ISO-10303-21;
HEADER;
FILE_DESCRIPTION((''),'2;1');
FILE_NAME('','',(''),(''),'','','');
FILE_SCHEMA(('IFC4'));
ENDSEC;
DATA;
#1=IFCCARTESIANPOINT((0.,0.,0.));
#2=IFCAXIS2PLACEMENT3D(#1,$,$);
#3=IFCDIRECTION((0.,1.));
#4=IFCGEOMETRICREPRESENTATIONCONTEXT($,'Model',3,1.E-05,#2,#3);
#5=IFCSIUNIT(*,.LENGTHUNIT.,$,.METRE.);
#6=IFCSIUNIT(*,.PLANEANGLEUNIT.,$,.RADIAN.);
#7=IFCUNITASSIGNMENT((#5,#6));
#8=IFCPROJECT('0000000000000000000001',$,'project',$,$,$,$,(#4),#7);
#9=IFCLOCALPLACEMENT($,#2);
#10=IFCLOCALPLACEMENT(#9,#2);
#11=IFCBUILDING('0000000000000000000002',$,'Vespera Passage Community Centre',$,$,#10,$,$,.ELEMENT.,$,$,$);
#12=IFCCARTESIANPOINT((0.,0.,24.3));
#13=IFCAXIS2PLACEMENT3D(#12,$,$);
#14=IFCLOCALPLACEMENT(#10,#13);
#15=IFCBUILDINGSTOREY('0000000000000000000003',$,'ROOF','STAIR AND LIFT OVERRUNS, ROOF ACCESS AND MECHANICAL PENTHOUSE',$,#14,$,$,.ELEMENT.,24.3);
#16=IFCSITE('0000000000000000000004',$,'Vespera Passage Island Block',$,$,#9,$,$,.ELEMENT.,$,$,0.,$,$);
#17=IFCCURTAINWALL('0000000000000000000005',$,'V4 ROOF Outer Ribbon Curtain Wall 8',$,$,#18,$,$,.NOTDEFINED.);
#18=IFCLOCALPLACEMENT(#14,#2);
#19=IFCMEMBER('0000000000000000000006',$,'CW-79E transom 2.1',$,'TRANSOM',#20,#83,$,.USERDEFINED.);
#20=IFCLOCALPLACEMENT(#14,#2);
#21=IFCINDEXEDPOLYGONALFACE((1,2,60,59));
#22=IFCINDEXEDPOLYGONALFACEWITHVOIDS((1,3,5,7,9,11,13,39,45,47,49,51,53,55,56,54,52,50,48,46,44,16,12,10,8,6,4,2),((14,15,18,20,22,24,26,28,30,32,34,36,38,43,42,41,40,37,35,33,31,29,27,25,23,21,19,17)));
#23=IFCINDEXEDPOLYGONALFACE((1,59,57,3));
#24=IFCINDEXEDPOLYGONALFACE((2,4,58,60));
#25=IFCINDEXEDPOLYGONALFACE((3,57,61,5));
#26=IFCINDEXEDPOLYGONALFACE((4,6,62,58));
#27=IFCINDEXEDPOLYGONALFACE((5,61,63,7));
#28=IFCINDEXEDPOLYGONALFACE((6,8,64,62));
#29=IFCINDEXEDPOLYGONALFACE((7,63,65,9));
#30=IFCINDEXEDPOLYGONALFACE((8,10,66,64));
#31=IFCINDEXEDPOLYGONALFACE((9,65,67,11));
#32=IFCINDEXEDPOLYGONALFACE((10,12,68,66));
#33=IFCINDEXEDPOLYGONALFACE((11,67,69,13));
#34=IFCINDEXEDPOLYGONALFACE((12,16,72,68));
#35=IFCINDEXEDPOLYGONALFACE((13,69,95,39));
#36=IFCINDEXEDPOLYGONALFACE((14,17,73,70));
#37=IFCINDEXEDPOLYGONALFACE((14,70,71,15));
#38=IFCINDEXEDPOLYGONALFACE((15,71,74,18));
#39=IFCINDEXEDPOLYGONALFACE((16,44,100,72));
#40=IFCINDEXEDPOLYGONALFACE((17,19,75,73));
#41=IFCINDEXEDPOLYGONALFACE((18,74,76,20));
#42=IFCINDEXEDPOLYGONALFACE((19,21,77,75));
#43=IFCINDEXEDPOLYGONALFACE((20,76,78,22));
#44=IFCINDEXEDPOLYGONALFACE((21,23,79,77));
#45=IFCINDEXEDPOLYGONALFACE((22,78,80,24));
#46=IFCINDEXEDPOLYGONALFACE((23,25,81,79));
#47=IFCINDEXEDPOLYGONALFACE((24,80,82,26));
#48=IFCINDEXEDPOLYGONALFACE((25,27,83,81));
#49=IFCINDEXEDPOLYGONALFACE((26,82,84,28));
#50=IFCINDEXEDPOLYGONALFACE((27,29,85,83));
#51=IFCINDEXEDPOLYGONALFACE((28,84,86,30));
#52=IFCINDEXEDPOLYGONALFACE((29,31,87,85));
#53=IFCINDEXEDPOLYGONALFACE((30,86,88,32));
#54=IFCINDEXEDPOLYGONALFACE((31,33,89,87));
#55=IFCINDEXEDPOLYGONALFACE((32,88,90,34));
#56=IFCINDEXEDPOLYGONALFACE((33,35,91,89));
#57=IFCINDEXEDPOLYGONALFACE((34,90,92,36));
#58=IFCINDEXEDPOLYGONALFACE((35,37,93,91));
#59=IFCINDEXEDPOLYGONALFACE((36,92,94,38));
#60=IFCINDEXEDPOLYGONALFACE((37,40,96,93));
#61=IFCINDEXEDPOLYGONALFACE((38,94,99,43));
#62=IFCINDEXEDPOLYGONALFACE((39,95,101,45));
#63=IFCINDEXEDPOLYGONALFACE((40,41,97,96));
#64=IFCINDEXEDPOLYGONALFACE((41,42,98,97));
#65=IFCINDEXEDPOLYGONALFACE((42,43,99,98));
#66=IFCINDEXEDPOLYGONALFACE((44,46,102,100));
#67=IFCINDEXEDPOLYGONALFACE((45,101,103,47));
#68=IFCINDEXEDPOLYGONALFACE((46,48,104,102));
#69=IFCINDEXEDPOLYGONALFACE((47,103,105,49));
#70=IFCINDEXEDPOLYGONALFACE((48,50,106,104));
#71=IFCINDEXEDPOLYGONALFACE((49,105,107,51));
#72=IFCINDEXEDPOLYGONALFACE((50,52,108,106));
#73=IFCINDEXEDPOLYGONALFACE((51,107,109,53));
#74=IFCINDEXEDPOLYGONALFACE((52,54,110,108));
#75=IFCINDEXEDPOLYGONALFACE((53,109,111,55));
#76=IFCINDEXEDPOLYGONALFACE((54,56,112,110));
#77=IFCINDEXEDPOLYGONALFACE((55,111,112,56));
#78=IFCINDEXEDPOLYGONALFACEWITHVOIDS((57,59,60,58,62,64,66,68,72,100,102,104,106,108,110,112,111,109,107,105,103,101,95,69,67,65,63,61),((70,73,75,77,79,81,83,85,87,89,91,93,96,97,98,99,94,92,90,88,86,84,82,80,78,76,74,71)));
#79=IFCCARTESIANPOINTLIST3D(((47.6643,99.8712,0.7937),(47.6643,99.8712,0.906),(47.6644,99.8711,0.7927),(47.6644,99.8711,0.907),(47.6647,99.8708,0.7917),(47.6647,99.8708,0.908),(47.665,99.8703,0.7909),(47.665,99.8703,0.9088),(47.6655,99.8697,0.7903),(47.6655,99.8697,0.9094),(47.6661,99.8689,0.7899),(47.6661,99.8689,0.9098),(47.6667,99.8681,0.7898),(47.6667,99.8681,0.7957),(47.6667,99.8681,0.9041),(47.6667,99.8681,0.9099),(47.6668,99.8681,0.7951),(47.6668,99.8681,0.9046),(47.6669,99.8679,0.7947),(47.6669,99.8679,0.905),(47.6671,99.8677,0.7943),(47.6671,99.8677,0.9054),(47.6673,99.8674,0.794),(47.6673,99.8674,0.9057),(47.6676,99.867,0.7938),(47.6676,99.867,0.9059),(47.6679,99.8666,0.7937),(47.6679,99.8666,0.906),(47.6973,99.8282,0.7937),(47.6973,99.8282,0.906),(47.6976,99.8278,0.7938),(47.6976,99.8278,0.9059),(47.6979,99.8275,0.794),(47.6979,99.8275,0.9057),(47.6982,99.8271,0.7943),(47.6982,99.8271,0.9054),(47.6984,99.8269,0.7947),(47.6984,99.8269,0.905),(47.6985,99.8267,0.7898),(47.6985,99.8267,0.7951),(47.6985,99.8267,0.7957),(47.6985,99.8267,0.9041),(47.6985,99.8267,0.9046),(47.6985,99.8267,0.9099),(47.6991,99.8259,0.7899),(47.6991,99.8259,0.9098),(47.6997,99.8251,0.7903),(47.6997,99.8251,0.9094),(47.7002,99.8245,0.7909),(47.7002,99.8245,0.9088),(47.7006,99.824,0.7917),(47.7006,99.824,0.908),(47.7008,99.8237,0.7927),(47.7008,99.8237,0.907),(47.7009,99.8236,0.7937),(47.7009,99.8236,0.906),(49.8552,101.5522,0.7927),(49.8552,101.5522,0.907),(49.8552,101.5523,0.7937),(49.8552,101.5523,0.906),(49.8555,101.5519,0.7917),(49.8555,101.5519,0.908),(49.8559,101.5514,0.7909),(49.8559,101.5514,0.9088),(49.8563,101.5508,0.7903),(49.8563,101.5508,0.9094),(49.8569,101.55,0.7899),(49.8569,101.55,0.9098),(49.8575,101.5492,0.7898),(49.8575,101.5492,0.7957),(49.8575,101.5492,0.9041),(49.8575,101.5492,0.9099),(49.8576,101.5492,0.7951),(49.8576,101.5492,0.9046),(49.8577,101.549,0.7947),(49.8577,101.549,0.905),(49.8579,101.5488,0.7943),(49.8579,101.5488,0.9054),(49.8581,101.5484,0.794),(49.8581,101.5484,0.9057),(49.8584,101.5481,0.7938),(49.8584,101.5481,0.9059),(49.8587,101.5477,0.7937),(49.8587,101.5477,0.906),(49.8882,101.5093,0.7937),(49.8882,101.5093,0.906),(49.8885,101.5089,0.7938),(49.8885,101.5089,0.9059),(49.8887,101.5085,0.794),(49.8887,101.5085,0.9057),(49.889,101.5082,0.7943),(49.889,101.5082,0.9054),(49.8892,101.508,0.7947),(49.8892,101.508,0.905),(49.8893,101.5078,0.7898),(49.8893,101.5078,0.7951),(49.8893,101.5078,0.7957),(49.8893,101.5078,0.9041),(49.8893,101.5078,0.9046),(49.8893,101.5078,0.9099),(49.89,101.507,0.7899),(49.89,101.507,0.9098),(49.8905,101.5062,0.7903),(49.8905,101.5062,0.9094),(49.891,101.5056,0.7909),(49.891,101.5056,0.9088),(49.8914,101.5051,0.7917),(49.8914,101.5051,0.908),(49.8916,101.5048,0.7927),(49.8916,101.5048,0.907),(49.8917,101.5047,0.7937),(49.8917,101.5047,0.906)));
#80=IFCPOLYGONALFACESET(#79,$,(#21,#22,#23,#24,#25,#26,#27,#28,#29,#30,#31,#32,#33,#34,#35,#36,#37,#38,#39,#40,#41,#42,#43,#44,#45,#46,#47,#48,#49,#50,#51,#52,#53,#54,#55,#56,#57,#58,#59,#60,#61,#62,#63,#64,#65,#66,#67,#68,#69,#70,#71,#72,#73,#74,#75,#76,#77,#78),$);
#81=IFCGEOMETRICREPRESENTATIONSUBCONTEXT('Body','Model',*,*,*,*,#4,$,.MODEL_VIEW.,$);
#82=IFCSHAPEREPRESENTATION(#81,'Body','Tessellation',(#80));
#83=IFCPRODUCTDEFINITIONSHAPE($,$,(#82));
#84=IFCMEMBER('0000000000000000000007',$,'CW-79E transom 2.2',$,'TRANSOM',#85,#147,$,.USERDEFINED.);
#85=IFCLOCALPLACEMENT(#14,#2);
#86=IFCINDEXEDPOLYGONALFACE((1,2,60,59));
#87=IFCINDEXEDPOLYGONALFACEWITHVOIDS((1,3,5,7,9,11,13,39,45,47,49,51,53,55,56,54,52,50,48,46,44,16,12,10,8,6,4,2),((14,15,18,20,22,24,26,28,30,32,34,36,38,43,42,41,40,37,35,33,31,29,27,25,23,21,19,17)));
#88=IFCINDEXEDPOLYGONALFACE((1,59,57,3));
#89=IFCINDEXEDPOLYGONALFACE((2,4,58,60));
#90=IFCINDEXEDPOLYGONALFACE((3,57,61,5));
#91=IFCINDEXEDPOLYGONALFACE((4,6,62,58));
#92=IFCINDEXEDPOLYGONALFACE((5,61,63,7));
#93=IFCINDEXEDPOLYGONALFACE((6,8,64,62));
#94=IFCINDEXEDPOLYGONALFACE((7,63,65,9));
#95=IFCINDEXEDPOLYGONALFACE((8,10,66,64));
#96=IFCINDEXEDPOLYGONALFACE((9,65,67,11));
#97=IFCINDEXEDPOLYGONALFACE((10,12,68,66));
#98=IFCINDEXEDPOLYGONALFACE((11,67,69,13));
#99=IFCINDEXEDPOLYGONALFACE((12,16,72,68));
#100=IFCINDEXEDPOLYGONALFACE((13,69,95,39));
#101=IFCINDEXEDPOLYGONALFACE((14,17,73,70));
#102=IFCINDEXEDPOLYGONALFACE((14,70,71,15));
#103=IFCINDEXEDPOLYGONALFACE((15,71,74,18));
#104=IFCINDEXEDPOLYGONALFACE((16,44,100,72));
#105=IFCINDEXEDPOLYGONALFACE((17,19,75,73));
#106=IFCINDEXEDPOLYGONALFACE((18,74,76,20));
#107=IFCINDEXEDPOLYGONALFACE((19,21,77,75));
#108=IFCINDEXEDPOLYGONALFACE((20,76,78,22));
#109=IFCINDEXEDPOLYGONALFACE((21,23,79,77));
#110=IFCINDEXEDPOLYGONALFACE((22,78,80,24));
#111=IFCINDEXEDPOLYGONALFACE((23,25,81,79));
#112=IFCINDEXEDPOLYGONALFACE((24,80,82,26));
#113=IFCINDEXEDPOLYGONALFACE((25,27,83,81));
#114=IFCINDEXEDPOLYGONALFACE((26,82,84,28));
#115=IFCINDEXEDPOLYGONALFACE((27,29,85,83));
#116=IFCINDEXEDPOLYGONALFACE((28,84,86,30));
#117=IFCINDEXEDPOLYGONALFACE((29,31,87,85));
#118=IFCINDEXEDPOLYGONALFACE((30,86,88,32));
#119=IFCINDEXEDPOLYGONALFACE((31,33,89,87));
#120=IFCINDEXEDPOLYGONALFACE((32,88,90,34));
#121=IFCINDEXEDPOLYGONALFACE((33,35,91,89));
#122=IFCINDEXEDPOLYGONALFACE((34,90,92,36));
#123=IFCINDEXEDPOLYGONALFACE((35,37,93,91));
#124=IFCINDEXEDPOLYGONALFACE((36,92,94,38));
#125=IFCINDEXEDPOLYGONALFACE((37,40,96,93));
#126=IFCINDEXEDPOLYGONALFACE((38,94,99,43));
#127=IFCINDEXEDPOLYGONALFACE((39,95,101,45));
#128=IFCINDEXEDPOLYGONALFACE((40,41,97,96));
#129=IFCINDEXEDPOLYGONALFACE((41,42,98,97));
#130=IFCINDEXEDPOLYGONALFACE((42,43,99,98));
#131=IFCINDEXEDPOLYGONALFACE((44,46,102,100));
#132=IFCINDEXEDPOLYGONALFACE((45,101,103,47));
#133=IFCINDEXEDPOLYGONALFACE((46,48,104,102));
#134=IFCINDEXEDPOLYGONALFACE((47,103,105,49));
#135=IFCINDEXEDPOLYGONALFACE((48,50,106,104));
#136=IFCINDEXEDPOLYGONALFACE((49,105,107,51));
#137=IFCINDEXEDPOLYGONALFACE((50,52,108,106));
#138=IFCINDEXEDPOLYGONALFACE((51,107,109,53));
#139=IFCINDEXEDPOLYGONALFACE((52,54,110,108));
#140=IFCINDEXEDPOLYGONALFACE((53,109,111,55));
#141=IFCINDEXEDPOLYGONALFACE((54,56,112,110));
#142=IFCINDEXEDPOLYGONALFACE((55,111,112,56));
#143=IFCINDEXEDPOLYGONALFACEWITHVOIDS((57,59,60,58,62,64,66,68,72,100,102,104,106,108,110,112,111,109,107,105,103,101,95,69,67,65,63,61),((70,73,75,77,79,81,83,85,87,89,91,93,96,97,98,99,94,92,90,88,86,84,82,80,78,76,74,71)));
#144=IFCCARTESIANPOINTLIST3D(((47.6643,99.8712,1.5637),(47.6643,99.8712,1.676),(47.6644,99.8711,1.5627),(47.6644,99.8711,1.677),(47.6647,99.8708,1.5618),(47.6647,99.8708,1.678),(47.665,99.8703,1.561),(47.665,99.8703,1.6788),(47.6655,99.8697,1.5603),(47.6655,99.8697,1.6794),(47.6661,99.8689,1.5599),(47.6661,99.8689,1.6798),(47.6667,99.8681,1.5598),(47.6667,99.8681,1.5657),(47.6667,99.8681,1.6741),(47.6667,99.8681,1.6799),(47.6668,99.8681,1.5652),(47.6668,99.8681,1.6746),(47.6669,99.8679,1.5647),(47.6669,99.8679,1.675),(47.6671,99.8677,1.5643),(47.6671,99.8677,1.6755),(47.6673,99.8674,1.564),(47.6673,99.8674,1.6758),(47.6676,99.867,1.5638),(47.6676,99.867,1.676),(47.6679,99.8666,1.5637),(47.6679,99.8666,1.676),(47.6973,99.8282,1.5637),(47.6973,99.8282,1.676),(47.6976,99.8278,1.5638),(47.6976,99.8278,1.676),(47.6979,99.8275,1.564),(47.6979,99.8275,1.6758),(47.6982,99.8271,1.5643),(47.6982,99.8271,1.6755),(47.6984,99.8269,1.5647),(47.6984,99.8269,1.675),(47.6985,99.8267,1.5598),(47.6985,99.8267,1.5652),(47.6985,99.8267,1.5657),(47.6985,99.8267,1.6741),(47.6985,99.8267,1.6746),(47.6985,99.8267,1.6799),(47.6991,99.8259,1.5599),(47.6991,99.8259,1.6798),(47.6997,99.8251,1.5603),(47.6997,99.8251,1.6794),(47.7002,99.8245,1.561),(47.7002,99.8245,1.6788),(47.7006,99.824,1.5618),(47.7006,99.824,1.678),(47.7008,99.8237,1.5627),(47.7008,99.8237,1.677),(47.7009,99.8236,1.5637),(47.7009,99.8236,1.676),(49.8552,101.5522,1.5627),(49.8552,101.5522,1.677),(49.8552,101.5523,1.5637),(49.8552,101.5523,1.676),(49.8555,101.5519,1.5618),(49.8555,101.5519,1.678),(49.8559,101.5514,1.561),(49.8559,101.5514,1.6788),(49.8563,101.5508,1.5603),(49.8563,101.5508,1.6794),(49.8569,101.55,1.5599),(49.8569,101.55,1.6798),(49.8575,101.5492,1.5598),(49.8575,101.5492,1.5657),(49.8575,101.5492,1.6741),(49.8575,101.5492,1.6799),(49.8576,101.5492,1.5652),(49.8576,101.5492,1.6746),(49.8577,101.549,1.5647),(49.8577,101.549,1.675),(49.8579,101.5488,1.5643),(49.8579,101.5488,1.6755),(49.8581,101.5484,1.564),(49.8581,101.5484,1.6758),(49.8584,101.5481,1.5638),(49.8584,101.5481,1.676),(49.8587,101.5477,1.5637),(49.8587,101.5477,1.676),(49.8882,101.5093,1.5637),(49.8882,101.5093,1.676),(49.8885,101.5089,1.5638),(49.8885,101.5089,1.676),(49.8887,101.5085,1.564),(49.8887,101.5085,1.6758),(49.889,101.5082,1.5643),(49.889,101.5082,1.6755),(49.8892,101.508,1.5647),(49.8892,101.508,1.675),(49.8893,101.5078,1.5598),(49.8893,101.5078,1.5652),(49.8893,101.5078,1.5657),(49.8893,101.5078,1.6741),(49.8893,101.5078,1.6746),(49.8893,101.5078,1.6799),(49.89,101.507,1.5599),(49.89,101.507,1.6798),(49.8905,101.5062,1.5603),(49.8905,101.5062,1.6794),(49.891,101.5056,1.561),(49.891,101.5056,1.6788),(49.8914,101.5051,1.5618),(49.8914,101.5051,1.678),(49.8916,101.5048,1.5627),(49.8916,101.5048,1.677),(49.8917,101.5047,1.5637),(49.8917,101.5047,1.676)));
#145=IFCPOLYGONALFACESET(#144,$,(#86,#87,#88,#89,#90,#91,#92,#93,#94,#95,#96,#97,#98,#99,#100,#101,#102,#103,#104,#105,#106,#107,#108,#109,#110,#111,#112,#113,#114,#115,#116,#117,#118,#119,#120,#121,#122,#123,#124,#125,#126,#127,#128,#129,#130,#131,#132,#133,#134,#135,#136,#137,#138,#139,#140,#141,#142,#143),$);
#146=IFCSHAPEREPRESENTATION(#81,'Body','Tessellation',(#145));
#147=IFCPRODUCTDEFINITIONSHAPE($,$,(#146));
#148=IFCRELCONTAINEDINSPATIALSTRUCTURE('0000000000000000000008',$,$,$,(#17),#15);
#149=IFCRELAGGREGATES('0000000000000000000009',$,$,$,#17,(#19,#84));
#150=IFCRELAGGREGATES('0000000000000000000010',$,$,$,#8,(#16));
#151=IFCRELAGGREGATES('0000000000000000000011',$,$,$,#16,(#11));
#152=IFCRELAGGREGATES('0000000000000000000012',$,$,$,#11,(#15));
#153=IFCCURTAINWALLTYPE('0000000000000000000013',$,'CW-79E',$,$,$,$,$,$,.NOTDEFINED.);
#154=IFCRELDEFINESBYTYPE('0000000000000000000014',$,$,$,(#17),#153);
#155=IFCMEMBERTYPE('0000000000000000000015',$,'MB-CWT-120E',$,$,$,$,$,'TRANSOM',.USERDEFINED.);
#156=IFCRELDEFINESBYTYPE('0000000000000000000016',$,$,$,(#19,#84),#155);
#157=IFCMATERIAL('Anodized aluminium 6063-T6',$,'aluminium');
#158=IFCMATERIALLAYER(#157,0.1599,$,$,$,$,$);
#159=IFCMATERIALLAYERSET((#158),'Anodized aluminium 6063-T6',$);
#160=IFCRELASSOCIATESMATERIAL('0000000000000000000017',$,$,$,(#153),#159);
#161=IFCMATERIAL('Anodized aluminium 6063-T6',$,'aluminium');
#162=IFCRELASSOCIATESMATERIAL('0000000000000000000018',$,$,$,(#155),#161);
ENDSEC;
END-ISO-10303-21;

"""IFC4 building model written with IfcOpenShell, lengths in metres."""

from ifc_helpers import new_model, si_unit, direction, frame, origin, origin_2d, place, context, subcontext, project, spatial, hollow_rectangle, extrude, material, layer, layer_set, material_profile, profile_set, type_object, element, aggregate, save


model = new_model("IFC4")

# Units and contexts
model_context = context("Model", 3, precision=1e-05, world=origin(), true_north=direction((0.0, 1.0)))
body_context = subcontext(model_context, "Body", "Model", "MODEL_VIEW")
ifc_project = project(units=[si_unit("LENGTHUNIT", "METRE"), si_unit("PLANEANGLEUNIT", "RADIAN")], contexts=[model_context])

# Site, building, storey
site_placement = place(None, origin())
site = spatial("IfcSite", under=ifc_project, at=site_placement, Name="Vespera Passage Island Block", CompositionType="ELEMENT", RefElevation=0.0)
building_placement = place(site_placement, origin())
building = spatial("IfcBuilding", under=site, at=building_placement, Name="Vespera Passage Community Centre", CompositionType="ELEMENT")
storey_placement = place(building_placement, frame((0.0, 0.0, 24.3)))
storey = spatial("IfcBuildingStorey", under=building, at=storey_placement, Name="ROOF", Description="STAIR AND LIFT OVERRUNS, ROOF ACCESS AND MECHANICAL PENTHOUSE", CompositionType="ELEMENT", Elevation=24.3)

# Curtain wall
ifc_material_1 = material(Name="Anodized aluminium 6063-T6", Category="aluminium")
ifc_layer_1 = layer(ifc_material_1, 0.1599)
ifc_layer_set_1 = layer_set([ifc_layer_1], Name="Anodized aluminium 6063-T6")
curtain_wall_type_1 = type_object("IfcCurtainWallType", Name="CW-79E", PredefinedType="NOTDEFINED", material=ifc_layer_set_1)
curtain_wall_1_placement = place(storey_placement, origin())
curtain_wall_1 = element("IfcCurtainWall", 1, at=curtain_wall_1_placement, inside=storey, type_object=curtain_wall_type_1, Name="V4 ROOF Outer Ribbon Curtain Wall 8", PredefinedType="NOTDEFINED")

# Members
ifc_material_2 = material(Name="Anodized aluminium 6063-T6", Category="aluminium")
ifc_material_profile_1 = material_profile(ifc_material_2, hollow_rectangle(XDim=0.0601, YDim=0.1201, WallThickness=0.0039, InnerFilletRadius=0.002, OuterFilletRadius=0.0039, at=origin_2d()), Name="ALU120X60X4")
ifc_profile_set_1 = profile_set([ifc_material_profile_1], Name="Anodized aluminium 6063-T6")
member_type_1 = type_object("IfcMemberType", Name="MB-CWT-120E", ElementType="TRANSOM", PredefinedType="USERDEFINED", material=ifc_profile_set_1)
member_1_placement = place(storey_placement, frame((47.6826, 99.8474, 0.8499), z_axis=(0.793353, 0.608762, 0.0), x_axis=(-0.608762, 0.793353, 0.0)))
member_1 = element("IfcMember", 2, at=member_1_placement, type_object=member_type_1, Name="CW-79E transom 2.1", ObjectType="TRANSOM", PredefinedType="USERDEFINED", context=body_context, shape_type="SweptSolid", body=[
    extrude(hollow_rectangle(XDim=0.0601, YDim=0.1201, WallThickness=0.0039, InnerFilletRadius=0.002, OuterFilletRadius=0.0039, at=origin_2d()), origin(), (0.0, 0.0, 1.0), 2.7615),
])
member_2_placement = place(storey_placement, frame((47.6826, 99.8474, 1.6199), z_axis=(0.793353, 0.608762, 0.0), x_axis=(-0.608762, 0.793353, 0.0)))
member_2 = element("IfcMember", 3, at=member_2_placement, type_object=member_type_1, Name="CW-79E transom 2.2", ObjectType="TRANSOM", PredefinedType="USERDEFINED", context=body_context, shape_type="SweptSolid", body=[
    extrude(hollow_rectangle(XDim=0.0601, YDim=0.1201, WallThickness=0.0039, InnerFilletRadius=0.002, OuterFilletRadius=0.0039, at=origin_2d()), origin(), (0.0, 0.0, 1.0), 2.7615),
])

aggregate(curtain_wall_1, [member_1, member_2])

save(model, "model.ifc")
